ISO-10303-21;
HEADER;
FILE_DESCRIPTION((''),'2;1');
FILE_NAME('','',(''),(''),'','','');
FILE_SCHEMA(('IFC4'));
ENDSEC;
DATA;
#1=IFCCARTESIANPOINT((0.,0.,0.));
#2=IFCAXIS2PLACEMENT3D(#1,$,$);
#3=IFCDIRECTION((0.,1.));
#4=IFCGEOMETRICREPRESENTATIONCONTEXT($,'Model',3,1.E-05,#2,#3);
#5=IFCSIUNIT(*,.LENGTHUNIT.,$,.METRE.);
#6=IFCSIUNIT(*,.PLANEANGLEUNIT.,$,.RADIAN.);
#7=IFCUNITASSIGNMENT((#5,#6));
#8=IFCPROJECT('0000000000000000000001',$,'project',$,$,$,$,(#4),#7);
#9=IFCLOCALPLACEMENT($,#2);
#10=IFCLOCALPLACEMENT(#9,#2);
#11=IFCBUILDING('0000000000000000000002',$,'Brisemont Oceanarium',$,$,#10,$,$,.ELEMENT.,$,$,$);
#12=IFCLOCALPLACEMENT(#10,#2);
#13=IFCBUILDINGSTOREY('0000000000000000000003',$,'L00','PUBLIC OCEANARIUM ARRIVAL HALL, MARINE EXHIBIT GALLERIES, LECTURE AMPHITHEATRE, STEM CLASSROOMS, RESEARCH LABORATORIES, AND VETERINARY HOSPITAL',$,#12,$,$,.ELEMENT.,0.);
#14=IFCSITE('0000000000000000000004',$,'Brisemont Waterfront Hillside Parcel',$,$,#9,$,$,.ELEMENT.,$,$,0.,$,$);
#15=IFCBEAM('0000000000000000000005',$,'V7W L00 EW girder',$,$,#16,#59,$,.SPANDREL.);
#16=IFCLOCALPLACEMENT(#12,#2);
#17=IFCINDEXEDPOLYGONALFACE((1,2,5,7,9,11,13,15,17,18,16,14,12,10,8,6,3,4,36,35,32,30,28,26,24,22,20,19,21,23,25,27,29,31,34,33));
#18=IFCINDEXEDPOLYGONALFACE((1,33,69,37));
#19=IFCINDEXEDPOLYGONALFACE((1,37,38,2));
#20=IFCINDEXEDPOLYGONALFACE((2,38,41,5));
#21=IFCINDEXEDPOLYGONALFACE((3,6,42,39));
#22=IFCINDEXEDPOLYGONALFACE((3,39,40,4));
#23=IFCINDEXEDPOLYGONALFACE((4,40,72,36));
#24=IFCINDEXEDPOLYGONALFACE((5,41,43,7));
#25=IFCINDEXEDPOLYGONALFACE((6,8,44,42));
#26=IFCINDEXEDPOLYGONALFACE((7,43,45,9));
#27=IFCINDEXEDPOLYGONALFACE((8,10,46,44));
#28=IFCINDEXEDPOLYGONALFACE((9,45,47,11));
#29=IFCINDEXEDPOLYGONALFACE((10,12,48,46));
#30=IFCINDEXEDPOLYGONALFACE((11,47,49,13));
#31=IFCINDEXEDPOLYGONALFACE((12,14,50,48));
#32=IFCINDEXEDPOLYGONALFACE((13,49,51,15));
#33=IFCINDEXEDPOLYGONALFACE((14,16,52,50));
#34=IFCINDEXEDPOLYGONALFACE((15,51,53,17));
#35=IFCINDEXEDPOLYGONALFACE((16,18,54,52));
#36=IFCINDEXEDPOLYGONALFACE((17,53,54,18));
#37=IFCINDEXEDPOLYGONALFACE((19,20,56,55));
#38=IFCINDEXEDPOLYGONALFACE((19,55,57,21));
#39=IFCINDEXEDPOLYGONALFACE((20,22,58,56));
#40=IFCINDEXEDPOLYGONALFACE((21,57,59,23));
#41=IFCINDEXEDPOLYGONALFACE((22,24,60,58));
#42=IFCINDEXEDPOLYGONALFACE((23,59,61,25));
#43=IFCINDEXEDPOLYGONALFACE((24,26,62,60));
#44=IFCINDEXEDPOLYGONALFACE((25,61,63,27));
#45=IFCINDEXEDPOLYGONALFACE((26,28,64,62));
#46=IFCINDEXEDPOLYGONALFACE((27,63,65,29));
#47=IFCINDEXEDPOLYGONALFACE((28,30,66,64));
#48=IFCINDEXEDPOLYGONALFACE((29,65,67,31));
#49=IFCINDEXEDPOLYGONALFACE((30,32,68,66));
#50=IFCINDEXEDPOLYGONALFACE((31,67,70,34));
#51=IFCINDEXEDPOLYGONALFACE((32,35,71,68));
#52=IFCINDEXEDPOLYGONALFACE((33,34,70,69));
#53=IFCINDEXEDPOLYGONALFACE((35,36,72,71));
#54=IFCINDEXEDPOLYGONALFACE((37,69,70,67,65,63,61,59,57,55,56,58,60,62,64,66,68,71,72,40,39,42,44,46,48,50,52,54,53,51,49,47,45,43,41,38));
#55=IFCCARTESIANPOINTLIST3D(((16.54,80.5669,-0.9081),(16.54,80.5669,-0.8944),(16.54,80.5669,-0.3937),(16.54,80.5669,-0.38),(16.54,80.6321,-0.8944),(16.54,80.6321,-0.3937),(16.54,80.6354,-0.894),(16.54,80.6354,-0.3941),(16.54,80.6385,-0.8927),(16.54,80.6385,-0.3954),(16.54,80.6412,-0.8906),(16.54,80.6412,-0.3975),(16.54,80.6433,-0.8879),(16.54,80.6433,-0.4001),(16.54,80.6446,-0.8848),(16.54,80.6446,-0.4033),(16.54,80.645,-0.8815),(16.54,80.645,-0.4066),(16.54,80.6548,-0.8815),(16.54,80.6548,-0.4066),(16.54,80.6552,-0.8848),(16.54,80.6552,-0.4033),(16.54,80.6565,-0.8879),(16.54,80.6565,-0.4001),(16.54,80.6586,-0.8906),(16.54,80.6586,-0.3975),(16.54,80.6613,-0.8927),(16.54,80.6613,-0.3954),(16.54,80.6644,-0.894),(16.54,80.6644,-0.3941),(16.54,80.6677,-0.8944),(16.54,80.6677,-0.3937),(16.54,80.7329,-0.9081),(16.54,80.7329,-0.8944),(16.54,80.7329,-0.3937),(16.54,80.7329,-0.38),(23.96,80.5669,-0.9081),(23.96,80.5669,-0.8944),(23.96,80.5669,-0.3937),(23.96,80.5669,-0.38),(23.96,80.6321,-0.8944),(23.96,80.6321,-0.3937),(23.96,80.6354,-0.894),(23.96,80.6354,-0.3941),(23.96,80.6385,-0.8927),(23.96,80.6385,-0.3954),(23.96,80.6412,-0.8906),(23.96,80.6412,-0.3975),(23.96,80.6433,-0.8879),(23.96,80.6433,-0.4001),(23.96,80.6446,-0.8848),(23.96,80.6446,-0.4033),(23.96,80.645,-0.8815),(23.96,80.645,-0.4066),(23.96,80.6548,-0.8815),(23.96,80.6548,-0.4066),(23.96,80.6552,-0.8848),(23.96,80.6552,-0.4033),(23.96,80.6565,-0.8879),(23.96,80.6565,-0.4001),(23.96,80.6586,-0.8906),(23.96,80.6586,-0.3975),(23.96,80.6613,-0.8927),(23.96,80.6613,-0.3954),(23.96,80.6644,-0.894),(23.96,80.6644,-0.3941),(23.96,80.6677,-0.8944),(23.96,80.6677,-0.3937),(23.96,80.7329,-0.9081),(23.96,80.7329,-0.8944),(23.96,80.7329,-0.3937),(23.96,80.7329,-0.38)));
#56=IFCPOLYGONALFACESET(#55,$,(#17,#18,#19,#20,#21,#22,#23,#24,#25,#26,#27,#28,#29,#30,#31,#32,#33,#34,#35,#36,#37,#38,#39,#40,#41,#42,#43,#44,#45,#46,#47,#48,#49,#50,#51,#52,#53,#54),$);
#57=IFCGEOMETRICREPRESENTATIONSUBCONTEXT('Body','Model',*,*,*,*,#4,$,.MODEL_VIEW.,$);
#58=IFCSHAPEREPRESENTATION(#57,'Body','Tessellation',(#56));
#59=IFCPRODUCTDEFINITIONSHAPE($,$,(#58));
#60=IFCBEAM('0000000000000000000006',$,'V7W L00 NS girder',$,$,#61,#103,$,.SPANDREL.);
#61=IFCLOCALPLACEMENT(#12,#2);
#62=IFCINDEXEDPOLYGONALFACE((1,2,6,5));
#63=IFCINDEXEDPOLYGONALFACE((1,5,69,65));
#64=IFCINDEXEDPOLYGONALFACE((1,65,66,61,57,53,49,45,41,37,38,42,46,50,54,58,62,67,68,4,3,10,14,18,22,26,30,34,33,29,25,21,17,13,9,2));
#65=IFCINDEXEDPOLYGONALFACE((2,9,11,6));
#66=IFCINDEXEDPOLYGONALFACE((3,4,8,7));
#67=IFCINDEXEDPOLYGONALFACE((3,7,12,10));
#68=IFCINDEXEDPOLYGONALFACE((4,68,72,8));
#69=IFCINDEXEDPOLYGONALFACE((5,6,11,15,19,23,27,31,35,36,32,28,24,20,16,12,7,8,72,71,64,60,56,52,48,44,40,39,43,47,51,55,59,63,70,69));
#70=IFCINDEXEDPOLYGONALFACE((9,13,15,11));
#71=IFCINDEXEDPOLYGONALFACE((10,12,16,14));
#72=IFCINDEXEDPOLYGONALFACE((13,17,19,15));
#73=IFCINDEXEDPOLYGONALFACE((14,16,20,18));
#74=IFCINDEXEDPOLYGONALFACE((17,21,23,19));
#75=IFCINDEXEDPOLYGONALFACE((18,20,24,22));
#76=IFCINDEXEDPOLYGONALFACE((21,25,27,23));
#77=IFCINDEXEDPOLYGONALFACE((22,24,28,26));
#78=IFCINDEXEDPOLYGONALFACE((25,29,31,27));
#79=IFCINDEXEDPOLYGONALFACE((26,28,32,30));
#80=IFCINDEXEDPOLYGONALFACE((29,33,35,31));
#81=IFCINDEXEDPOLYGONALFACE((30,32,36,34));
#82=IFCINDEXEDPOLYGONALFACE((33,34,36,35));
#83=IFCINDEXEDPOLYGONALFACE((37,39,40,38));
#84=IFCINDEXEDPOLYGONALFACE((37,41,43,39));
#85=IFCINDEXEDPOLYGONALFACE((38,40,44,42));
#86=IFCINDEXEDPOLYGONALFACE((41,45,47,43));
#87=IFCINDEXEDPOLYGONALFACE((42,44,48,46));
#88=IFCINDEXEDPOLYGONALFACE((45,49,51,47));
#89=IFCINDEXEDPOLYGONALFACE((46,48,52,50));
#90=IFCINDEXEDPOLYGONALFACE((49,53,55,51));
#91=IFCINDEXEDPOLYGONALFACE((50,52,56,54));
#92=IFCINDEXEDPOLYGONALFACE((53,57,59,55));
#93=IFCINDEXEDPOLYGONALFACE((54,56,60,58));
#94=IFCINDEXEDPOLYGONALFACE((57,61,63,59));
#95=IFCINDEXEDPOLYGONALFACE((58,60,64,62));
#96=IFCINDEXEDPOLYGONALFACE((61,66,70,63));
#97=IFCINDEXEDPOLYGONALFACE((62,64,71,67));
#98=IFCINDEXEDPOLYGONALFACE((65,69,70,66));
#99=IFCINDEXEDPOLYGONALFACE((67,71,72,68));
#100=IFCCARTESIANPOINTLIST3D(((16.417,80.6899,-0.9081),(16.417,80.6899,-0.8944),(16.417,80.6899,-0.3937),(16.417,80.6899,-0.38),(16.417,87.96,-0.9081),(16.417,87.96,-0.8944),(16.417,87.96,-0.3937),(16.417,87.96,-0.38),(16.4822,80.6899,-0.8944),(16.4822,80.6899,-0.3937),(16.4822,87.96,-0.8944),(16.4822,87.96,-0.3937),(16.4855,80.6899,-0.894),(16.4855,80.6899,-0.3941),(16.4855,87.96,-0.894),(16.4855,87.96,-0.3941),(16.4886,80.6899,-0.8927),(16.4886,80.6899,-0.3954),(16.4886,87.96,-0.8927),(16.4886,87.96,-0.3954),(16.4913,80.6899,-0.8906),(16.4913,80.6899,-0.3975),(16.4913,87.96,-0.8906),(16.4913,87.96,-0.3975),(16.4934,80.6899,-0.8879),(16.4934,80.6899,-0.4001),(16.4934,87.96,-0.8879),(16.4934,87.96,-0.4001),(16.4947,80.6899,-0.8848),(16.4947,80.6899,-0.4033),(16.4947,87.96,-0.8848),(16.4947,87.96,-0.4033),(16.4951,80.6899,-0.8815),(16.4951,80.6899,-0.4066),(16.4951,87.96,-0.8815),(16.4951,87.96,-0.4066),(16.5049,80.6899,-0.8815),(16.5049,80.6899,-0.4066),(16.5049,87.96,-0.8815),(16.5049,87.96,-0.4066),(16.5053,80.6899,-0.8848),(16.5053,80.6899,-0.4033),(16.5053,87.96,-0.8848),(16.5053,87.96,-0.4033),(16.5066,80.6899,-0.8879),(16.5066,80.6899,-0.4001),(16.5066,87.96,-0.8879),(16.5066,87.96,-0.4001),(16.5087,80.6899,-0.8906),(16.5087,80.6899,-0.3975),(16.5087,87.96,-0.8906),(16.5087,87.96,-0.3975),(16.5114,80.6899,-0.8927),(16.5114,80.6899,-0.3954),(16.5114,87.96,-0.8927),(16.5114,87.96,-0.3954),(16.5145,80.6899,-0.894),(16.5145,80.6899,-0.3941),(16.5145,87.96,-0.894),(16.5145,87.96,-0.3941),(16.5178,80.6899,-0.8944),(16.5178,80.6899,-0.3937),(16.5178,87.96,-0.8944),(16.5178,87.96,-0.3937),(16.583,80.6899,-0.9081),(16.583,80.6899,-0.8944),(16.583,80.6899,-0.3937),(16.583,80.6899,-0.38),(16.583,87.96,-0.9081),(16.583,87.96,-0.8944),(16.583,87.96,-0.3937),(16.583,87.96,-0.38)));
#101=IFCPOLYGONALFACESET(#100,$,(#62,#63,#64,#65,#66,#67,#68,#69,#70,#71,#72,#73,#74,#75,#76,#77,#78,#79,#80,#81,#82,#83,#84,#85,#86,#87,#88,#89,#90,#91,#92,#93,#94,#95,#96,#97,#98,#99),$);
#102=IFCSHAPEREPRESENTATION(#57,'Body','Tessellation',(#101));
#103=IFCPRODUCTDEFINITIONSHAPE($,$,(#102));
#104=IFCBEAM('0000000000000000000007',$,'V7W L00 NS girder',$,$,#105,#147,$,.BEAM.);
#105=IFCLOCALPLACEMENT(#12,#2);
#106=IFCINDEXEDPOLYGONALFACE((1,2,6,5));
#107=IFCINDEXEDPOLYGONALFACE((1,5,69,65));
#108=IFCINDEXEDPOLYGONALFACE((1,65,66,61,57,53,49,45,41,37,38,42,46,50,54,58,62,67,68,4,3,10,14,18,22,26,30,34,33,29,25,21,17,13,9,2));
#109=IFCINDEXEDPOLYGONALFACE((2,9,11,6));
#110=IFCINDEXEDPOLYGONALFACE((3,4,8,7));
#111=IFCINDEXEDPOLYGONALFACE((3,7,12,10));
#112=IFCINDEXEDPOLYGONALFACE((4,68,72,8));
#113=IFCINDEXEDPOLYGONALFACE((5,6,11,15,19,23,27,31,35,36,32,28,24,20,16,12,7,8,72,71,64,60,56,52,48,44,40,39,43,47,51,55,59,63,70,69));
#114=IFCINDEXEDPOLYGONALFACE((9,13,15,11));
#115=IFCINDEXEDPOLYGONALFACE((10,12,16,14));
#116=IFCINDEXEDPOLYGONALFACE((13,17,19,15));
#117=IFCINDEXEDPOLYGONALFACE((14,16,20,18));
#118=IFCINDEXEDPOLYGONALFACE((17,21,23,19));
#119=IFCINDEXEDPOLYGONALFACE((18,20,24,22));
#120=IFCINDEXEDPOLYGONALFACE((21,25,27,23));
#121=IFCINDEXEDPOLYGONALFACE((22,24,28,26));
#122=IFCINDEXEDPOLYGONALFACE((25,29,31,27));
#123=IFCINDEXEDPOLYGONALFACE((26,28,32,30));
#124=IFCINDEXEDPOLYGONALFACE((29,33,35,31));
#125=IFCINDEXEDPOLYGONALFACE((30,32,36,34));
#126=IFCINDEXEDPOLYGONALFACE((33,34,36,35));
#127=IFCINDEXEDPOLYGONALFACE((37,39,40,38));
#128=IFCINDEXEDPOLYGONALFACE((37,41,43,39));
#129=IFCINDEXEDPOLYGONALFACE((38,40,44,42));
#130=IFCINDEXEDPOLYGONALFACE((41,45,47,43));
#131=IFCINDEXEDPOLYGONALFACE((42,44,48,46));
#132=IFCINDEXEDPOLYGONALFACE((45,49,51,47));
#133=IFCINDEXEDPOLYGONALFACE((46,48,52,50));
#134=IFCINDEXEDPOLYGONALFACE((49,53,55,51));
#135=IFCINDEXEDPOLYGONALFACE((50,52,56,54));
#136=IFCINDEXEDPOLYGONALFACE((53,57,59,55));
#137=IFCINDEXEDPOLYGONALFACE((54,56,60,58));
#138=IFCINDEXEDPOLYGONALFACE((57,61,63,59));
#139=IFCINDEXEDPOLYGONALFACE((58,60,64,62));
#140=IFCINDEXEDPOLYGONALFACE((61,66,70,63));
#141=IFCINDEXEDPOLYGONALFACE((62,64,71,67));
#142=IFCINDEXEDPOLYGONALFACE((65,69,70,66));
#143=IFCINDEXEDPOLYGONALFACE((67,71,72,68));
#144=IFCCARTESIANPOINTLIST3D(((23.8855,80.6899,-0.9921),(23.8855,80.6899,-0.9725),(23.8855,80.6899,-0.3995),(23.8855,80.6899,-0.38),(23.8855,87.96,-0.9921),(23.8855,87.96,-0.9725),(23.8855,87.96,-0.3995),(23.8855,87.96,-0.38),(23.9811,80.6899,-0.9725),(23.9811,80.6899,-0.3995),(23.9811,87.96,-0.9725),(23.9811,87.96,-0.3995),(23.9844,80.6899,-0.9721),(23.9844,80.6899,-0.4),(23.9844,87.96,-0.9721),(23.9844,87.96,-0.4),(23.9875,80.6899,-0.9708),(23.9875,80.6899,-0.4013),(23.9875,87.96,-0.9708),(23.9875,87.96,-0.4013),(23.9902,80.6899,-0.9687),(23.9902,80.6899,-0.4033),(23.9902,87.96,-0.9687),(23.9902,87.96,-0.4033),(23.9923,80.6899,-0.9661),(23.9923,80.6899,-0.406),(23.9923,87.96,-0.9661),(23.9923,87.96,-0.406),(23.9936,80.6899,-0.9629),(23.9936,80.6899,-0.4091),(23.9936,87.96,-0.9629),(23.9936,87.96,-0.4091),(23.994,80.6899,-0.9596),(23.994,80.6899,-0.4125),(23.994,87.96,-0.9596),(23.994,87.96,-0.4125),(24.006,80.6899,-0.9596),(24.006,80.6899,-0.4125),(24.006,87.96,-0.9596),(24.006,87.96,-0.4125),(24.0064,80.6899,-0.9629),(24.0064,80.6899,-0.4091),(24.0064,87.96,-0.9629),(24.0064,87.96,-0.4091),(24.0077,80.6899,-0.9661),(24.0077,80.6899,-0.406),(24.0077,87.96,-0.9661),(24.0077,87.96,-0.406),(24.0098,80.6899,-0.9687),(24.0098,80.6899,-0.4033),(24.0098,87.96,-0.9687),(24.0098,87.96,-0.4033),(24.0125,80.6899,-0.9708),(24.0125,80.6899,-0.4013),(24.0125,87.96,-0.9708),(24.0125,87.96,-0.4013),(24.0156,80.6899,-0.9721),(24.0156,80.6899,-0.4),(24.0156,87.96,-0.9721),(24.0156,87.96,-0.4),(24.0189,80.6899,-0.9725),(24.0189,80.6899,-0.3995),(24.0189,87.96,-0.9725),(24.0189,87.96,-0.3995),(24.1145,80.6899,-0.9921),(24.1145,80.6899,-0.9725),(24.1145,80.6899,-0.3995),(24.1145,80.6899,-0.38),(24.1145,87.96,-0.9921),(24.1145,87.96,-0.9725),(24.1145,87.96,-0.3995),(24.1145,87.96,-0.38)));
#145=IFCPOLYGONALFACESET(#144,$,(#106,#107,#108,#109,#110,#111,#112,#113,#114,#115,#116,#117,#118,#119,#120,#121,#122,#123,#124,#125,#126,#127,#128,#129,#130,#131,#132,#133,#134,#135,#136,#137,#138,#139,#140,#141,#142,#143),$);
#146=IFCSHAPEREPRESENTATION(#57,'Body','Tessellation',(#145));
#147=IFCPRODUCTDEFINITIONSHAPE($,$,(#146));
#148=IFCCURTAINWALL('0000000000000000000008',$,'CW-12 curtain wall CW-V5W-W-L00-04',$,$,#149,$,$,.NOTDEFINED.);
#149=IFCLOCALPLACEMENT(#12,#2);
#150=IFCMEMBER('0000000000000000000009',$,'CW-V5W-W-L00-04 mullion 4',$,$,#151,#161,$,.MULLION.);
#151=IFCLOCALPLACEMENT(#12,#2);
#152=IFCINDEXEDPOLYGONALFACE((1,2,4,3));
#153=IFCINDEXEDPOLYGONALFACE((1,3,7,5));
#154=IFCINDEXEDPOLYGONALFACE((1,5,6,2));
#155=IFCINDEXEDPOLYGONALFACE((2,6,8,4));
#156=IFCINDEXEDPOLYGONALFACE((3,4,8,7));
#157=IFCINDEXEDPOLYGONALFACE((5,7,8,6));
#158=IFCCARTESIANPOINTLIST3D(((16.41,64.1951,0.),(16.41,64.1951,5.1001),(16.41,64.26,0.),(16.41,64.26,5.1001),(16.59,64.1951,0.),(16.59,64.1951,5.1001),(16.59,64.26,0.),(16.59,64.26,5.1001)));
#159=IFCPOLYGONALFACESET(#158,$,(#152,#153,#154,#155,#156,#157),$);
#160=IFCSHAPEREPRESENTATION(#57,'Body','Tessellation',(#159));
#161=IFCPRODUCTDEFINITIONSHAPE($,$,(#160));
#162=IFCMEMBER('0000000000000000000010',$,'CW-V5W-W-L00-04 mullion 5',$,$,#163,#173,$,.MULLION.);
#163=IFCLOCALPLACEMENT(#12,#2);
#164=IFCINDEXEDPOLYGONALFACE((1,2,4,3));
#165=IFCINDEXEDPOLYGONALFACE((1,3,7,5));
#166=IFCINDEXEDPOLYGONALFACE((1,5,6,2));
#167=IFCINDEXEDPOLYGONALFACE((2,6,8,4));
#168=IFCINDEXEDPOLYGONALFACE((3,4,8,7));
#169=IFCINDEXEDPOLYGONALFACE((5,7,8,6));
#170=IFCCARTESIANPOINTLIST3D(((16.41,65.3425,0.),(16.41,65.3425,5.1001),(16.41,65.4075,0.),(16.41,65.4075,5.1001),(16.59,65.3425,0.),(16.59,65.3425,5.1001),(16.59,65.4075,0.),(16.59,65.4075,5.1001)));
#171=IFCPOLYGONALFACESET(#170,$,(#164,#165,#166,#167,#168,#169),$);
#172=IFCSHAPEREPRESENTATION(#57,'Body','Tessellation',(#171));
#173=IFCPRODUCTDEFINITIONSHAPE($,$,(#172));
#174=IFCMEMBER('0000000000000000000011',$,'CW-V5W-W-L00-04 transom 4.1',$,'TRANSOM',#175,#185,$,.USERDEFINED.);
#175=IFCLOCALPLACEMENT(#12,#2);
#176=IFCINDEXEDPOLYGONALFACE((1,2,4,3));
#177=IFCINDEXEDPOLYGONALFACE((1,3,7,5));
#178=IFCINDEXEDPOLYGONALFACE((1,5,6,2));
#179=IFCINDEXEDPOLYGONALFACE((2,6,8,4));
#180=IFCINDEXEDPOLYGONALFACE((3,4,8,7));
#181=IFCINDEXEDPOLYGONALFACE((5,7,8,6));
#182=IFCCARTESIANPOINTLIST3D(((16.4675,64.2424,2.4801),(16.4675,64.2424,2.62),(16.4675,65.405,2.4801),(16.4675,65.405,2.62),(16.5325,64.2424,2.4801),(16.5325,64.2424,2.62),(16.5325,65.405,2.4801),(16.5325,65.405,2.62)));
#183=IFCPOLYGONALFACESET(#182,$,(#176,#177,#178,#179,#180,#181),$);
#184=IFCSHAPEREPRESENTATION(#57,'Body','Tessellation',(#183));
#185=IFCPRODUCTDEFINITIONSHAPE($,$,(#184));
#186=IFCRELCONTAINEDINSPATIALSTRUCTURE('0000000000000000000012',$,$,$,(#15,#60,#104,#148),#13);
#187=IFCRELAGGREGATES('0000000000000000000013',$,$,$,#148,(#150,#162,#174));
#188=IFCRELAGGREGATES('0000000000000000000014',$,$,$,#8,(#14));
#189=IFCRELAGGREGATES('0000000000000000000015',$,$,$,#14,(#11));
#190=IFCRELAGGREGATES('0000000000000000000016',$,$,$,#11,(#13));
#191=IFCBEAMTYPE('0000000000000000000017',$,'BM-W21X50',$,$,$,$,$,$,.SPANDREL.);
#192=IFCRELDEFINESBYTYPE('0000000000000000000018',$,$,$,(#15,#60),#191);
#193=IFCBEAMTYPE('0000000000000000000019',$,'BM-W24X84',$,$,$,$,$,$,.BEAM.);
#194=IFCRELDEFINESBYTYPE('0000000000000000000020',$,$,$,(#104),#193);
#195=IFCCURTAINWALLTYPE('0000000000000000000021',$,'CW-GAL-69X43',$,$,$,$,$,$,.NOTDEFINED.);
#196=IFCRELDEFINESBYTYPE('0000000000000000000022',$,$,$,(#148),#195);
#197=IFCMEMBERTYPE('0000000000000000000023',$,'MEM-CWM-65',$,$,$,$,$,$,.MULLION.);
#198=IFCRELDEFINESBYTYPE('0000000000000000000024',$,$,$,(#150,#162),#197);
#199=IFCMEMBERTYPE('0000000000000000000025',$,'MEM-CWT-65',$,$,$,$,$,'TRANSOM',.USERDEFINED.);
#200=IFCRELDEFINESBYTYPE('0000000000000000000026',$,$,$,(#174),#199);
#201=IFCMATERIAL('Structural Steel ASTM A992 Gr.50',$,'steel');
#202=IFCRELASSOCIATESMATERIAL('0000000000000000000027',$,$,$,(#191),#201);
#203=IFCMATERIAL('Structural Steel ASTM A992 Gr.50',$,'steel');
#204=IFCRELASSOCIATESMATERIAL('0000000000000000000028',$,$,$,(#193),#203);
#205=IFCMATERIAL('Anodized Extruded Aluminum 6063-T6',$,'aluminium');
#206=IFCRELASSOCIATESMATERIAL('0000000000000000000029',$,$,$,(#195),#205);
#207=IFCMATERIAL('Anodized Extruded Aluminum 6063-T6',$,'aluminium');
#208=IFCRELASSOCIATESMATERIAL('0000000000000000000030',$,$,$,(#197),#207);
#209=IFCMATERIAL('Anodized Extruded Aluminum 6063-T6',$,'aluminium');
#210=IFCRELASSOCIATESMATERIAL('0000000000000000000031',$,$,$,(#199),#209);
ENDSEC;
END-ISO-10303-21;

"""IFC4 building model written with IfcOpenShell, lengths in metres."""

from ifc_helpers import new_model, si_unit, direction, frame, origin, origin_2d, place, context, subcontext, project, spatial, rectangle, i_section, extrude, material, material_profile, profile_set, type_object, element, aggregate, save


model = new_model("IFC4")

# Units and contexts
model_context = context("Model", 3, precision=1e-05, world=origin(), true_north=direction((0.0, 1.0)))
body_context = subcontext(model_context, "Body", "Model", "MODEL_VIEW")
ifc_project = project(units=[si_unit("LENGTHUNIT", "METRE"), si_unit("PLANEANGLEUNIT", "RADIAN")], contexts=[model_context])

# Site, building, storey
site_placement = place(None, origin())
site = spatial("IfcSite", under=ifc_project, at=site_placement, Name="Brisemont Waterfront Hillside Parcel", CompositionType="ELEMENT", RefElevation=0.0)
building_placement = place(site_placement, origin())
building = spatial("IfcBuilding", under=site, at=building_placement, Name="Brisemont Oceanarium", CompositionType="ELEMENT")
storey_placement = place(building_placement, origin())
storey = spatial("IfcBuildingStorey", under=building, at=storey_placement, Name="L00", Description="PUBLIC OCEANARIUM ARRIVAL HALL, MARINE EXHIBIT GALLERIES, LECTURE AMPHITHEATRE, STEM CLASSROOMS, RESEARCH LABORATORIES, AND VETERINARY HOSPITAL", CompositionType="ELEMENT", Elevation=0.0)

# Beams
ifc_material_1 = material(Name="Structural Steel ASTM A992 Gr.50", Category="steel")
ifc_material_profile_1 = material_profile(ifc_material_1, i_section(OverallWidth=0.166, OverallDepth=0.5281, WebThickness=0.0098, FlangeThickness=0.0137, FilletRadius=0.0129, at=origin_2d()), Name="W21X50")
ifc_profile_set_1 = profile_set([ifc_material_profile_1], Name="Structural Steel ASTM A992 Gr.50")
beam_type_1 = type_object("IfcBeamType", Name="BM-W21X50", PredefinedType="SPANDREL", material=ifc_profile_set_1)
beam_1_placement = place(storey_placement, frame((16.54, 80.6499, -0.644), z_axis=(1.0, 0.0, 0.0), x_axis=(0.0, 1.0, 0.0)))
element("IfcBeam", 1, at=beam_1_placement, inside=storey, type_object=beam_type_1, Name="V7W L00 EW girder", PredefinedType="SPANDREL", context=body_context, shape_type="SweptSolid", body=[
    extrude(i_section(OverallWidth=0.166, OverallDepth=0.5281, WebThickness=0.0098, FlangeThickness=0.0137, FilletRadius=0.0129, at=origin_2d()), origin(), (0.0, 0.0, 1.0), 7.4199),
])
beam_2_placement = place(storey_placement, frame((16.5, 80.6899, -0.644), z_axis=(0.0, 1.0, 0.0), x_axis=(-1.0, 0.0, 0.0)))
element("IfcBeam", 2, at=beam_2_placement, inside=storey, type_object=beam_type_1, Name="V7W L00 NS girder", PredefinedType="SPANDREL", context=body_context, shape_type="SweptSolid", body=[
    extrude(i_section(OverallWidth=0.166, OverallDepth=0.5281, WebThickness=0.0098, FlangeThickness=0.0137, FilletRadius=0.0129, at=origin_2d()), origin(), (0.0, 0.0, 1.0), 7.27),
])
ifc_material_2 = material(Name="Structural Steel ASTM A992 Gr.50", Category="steel")
ifc_material_profile_2 = material_profile(ifc_material_2, i_section(OverallWidth=0.229, OverallDepth=0.6121, WebThickness=0.012, FlangeThickness=0.0195, FilletRadius=0.0129, at=origin_2d()), Name="W24X84")
ifc_profile_set_2 = profile_set([ifc_material_profile_2], Name="Structural Steel ASTM A992 Gr.50")
beam_type_2 = type_object("IfcBeamType", Name="BM-W24X84", PredefinedType="BEAM", material=ifc_profile_set_2)
beam_3_placement = place(storey_placement, frame((24.0, 80.6899, -0.686), z_axis=(0.0, 1.0, 0.0), x_axis=(-1.0, 0.0, 0.0)))
element("IfcBeam", 3, at=beam_3_placement, inside=storey, type_object=beam_type_2, Name="V7W L00 NS girder", PredefinedType="BEAM", context=body_context, shape_type="SweptSolid", body=[
    extrude(i_section(OverallWidth=0.229, OverallDepth=0.6121, WebThickness=0.012, FlangeThickness=0.0195, FilletRadius=0.0129, at=origin_2d()), origin(), (0.0, 0.0, 1.0), 7.27),
])

# Curtain wall, members
ifc_material_3 = material(Name="Anodized Extruded Aluminum 6063-T6", Category="aluminium")
curtain_wall_type = type_object("IfcCurtainWallType", Name="CW-GAL-69X43", PredefinedType="NOTDEFINED", material=ifc_material_3)
curtain_wall_placement = place(storey_placement, origin())
curtain_wall = element("IfcCurtainWall", 4, at=curtain_wall_placement, inside=storey, type_object=curtain_wall_type, Name="CW-12 curtain wall CW-V5W-W-L00-04", PredefinedType="NOTDEFINED")
ifc_material_4 = material(Name="Anodized Extruded Aluminum 6063-T6", Category="aluminium")
ifc_material_profile_3 = material_profile(ifc_material_4, rectangle(XDim=0.0649, YDim=0.1799, at=origin_2d()), Name="CWM-65X180")
ifc_profile_set_3 = profile_set([ifc_material_profile_3], Name="Anodized Extruded Aluminum 6063-T6")
member_type_1 = type_object("IfcMemberType", Name="MEM-CWM-65", PredefinedType="MULLION", material=ifc_profile_set_3)
member_1_placement = place(storey_placement, frame((16.5, 64.2275, 0.0), z_axis=(0.0, 0.0, 1.0), x_axis=(0.0, 1.0, 0.0)))
member_1 = element("IfcMember", 5, at=member_1_placement, type_object=member_type_1, Name="CW-V5W-W-L00-04 mullion 4", PredefinedType="MULLION", context=body_context, shape_type="SweptSolid", body=[
    extrude(rectangle(XDim=0.0649, YDim=0.1799, at=origin_2d()), origin(), (0.0, 0.0, 1.0), 5.1001),
])
member_2_placement = place(storey_placement, frame((16.5, 65.375, 0.0), z_axis=(0.0, 0.0, 1.0), x_axis=(0.0, 1.0, 0.0)))
member_2 = element("IfcMember", 6, at=member_2_placement, type_object=member_type_1, Name="CW-V5W-W-L00-04 mullion 5", PredefinedType="MULLION", context=body_context, shape_type="SweptSolid", body=[
    extrude(rectangle(XDim=0.0649, YDim=0.1799, at=origin_2d()), origin(), (0.0, 0.0, 1.0), 5.1001),
])
ifc_material_5 = material(Name="Anodized Extruded Aluminum 6063-T6", Category="aluminium")
ifc_material_profile_4 = material_profile(ifc_material_5, rectangle(XDim=0.0649, YDim=0.1399, at=origin_2d()), Name="CWT-65X140")
ifc_profile_set_4 = profile_set([ifc_material_profile_4], Name="Anodized Extruded Aluminum 6063-T6")
member_type_2 = type_object("IfcMemberType", Name="MEM-CWT-65", ElementType="TRANSOM", PredefinedType="USERDEFINED", material=ifc_profile_set_4)
member_3_placement = place(storey_placement, frame((16.5, 64.2424, 2.55), z_axis=(0.0, 1.0, 0.0), x_axis=(-1.0, 0.0, 0.0)))
member_3 = element("IfcMember", 7, at=member_3_placement, type_object=member_type_2, Name="CW-V5W-W-L00-04 transom 4.1", ObjectType="TRANSOM", PredefinedType="USERDEFINED", context=body_context, shape_type="SweptSolid", body=[
    extrude(rectangle(XDim=0.0649, YDim=0.1399, at=origin_2d()), origin(), (0.0, 0.0, 1.0), 1.1626),
])
aggregate(curtain_wall, [member_1, member_2, member_3])

save(model, "model.ifc")
